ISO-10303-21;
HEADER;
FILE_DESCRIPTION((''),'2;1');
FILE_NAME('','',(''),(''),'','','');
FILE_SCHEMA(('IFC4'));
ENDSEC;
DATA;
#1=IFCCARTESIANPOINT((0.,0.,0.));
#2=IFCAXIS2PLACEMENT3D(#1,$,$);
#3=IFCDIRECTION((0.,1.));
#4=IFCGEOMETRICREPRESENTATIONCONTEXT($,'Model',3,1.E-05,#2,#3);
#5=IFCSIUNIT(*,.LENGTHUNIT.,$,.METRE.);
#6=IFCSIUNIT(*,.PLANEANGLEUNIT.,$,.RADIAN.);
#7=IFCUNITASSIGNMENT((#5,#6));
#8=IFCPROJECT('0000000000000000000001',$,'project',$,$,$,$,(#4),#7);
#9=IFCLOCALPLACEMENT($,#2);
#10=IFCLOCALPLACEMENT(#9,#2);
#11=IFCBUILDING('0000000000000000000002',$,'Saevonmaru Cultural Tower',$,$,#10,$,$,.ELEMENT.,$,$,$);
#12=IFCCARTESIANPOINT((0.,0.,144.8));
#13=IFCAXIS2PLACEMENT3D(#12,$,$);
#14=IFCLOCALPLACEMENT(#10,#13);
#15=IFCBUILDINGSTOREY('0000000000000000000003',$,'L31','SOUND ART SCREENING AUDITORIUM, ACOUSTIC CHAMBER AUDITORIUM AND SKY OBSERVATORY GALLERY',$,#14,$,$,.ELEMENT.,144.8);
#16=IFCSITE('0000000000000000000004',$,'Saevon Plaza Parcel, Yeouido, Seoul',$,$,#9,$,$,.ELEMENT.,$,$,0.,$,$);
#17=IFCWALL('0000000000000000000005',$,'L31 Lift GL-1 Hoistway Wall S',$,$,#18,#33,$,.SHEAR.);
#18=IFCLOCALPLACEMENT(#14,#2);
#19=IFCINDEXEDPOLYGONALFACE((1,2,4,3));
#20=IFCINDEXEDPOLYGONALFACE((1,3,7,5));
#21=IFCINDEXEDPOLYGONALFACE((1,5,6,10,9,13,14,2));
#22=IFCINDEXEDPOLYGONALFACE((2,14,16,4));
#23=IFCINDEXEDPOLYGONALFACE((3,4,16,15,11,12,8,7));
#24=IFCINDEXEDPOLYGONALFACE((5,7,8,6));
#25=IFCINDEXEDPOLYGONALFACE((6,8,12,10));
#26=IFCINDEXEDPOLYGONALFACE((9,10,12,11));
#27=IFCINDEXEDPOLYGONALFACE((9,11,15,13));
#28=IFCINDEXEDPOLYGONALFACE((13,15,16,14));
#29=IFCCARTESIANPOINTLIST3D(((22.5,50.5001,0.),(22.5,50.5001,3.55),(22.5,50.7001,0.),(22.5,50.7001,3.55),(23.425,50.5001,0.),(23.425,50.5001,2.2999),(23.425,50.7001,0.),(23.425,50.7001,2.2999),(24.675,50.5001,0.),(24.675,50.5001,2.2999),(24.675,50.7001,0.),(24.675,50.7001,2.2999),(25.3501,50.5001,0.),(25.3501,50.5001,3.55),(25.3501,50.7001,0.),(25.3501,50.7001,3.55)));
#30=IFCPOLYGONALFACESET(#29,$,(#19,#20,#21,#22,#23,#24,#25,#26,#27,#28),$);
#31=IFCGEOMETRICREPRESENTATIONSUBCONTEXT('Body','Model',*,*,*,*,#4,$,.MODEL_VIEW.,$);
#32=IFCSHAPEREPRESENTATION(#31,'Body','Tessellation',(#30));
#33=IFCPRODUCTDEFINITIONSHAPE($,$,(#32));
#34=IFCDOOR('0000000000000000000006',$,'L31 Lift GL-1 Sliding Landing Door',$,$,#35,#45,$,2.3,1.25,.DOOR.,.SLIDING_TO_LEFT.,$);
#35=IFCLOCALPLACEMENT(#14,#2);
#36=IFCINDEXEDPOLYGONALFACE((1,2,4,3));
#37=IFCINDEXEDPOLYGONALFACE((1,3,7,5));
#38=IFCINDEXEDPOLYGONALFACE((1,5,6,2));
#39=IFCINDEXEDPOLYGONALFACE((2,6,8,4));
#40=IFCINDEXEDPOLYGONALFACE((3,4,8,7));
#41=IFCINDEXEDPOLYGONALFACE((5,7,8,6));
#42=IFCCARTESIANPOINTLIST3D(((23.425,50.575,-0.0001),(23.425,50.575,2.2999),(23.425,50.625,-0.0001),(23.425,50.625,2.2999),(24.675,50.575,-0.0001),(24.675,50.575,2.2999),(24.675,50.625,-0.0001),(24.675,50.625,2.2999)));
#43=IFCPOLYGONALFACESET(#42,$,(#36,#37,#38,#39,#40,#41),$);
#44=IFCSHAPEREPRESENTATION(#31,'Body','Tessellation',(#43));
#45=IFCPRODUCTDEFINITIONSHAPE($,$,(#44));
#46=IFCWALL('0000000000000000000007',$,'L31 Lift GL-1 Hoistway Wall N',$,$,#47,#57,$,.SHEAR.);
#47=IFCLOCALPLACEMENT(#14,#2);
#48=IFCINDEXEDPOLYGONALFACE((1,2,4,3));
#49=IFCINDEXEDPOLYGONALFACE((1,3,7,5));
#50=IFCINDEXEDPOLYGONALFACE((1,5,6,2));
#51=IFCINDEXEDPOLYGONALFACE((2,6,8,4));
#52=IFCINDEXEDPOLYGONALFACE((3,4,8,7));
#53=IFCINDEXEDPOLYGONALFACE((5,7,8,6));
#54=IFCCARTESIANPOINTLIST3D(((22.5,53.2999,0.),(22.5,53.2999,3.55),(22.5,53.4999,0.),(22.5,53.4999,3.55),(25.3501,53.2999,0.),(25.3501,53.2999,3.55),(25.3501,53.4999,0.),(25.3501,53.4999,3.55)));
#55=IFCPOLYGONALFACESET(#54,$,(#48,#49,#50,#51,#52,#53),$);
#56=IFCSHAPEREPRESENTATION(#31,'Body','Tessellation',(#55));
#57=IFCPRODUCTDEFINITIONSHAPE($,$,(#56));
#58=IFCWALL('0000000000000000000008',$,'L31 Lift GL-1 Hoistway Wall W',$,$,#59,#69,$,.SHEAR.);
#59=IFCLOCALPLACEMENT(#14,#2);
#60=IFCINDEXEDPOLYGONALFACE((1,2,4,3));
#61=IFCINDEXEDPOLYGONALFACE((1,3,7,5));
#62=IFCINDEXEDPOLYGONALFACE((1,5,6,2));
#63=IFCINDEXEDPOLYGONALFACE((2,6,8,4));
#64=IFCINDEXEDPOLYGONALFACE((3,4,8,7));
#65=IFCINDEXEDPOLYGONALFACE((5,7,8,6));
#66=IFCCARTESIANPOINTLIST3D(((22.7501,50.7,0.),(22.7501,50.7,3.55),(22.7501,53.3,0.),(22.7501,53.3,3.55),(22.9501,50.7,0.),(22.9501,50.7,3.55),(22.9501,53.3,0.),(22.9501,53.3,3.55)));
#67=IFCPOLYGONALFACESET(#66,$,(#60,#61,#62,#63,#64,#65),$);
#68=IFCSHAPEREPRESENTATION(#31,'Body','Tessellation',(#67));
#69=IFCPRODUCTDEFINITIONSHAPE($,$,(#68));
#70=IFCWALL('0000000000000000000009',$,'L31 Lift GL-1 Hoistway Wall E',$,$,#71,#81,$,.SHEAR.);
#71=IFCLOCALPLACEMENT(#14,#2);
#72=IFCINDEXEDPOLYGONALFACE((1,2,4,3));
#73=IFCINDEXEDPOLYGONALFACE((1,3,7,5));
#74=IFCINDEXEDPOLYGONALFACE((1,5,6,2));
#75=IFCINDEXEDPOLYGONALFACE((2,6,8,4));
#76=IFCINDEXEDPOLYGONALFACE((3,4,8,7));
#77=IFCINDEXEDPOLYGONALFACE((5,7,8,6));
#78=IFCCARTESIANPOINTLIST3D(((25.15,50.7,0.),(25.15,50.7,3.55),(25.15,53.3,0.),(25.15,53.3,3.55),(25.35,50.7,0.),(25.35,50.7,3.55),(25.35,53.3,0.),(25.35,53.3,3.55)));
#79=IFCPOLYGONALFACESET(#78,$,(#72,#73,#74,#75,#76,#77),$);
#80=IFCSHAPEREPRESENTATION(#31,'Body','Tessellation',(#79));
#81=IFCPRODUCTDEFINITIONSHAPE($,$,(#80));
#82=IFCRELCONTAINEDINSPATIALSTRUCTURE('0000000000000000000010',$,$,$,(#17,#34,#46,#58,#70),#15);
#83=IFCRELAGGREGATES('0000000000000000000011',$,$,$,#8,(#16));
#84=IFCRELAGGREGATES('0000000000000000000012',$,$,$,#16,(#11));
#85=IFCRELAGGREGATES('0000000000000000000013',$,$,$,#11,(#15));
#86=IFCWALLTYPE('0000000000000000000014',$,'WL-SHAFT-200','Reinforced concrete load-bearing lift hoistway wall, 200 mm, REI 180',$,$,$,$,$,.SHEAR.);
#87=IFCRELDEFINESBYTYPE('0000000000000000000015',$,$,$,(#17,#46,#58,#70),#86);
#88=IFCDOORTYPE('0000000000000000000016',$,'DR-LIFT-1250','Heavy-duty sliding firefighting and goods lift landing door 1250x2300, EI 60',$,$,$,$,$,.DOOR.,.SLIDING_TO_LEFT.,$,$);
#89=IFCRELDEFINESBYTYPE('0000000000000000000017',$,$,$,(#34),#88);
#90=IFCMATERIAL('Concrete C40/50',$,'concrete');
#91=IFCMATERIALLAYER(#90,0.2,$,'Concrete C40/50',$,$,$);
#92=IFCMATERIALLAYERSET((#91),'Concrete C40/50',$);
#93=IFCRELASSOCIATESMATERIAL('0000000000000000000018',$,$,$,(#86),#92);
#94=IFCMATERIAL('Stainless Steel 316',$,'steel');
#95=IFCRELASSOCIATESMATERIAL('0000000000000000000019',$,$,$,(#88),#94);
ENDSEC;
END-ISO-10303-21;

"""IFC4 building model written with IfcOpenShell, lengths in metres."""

from ifc_helpers import new_model, si_unit, direction, frame, frame_2d, origin, place, context, subcontext, project, spatial, rectangle, extrude, material, layer, layer_set, type_object, element, fill, save


model = new_model("IFC4")

# Units and contexts
model_context = context("Model", 3, precision=1e-05, world=origin(), true_north=direction((0.0, 1.0)))
body_context = subcontext(model_context, "Body", "Model", "MODEL_VIEW")
ifc_project = project(units=[si_unit("LENGTHUNIT", "METRE"), si_unit("PLANEANGLEUNIT", "RADIAN")], contexts=[model_context])

# Site, building, storey
site_placement = place(None, origin())
site = spatial("IfcSite", under=ifc_project, at=site_placement, Name="Saevon Plaza Parcel, Yeouido, Seoul", CompositionType="ELEMENT", RefElevation=0.0)
building_placement = place(site_placement, origin())
building = spatial("IfcBuilding", under=site, at=building_placement, Name="Saevonmaru Cultural Tower", CompositionType="ELEMENT")
storey_placement = place(building_placement, frame((0.0, 0.0, 144.8)))
storey = spatial("IfcBuildingStorey", under=building, at=storey_placement, Name="L31", Description="SOUND ART SCREENING AUDITORIUM, ACOUSTIC CHAMBER AUDITORIUM AND SKY OBSERVATORY GALLERY", CompositionType="ELEMENT", Elevation=144.8)

# Shared definitions
ifc_material_1 = material(Name="Concrete C40/50", Category="concrete")
ifc_layer_1 = layer(ifc_material_1, 0.2, Name="Concrete C40/50")
ifc_layer_set_1 = layer_set([ifc_layer_1], Name="Concrete C40/50")
wall_type_1 = type_object("IfcWallType", Name="WL-SHAFT-200", Description="Reinforced concrete load-bearing lift hoistway wall, 200 mm, REI 180", PredefinedType="SHEAR", material=ifc_layer_set_1)

# Wall, opening, door
wall_1_placement = place(storey_placement, frame((22.5, 50.6001, 0.0), z_axis=(0.0, 0.0, 1.0), x_axis=(1.0, 0.0, 0.0)))
wall_1 = element("IfcWall", 1, at=wall_1_placement, inside=storey, type_object=wall_type_1, Name="L31 Lift GL-1 Hoistway Wall S", PredefinedType="SHEAR", context=body_context, shape_type="SweptSolid", body=[
    extrude(rectangle(XDim=2.8501, YDim=0.2, at=frame_2d((1.425, 0.0))), origin(), (0.0, 0.0, 1.0), 3.55),
])
opening_placement = place(wall_1_placement, frame((0.925, 0.0, 0.0)))
opening = element("IfcOpeningElement", 2, at=opening_placement, cuts=wall_1, PredefinedType="OPENING", context=body_context, shape_type="SweptSolid", body=[
    extrude(rectangle(XDim=1.25, YDim=2.3, at=frame_2d((0.625, 1.1499))), frame((0.0, 0.1099, 0.0), z_axis=(0.0, -1.0, 0.0), x_axis=(1.0, 0.0, 0.0)), (0.0, 0.0, 1.0), 0.22),
])
ifc_material_2 = material(Name="Stainless Steel 316", Category="steel")
door_type = type_object("IfcDoorType", Name="DR-LIFT-1250", Description="Heavy-duty sliding firefighting and goods lift landing door 1250x2300, EI 60", OperationType="SLIDING_TO_LEFT", PredefinedType="DOOR", material=ifc_material_2)
door_placement = place(opening_placement, origin())
door = element("IfcDoor", 3, at=door_placement, inside=storey, type_object=door_type, Name="L31 Lift GL-1 Sliding Landing Door", OperationType="SLIDING_TO_LEFT", OverallHeight=2.3, OverallWidth=1.25, PredefinedType="DOOR", context=body_context, shape_type="SweptSolid", body=[
    extrude(rectangle(XDim=1.25, YDim=2.3, at=frame_2d((0.625, 1.1499))), frame((0.0, 0.0249, 0.0), z_axis=(0.0, -1.0, 0.0), x_axis=(1.0, 0.0, 0.0)), (0.0, 0.0, 1.0), 0.05),
])
fill(opening, door)

# Walls
wall_2_placement = place(storey_placement, frame((22.5, 53.3999, 0.0), z_axis=(0.0, 0.0, 1.0), x_axis=(1.0, 0.0, 0.0)))
element("IfcWall", 4, at=wall_2_placement, inside=storey, type_object=wall_type_1, Name="L31 Lift GL-1 Hoistway Wall N", PredefinedType="SHEAR", context=body_context, shape_type="SweptSolid", body=[
    extrude(rectangle(XDim=2.8501, YDim=0.2, at=frame_2d((1.425, 0.0))), origin(), (0.0, 0.0, 1.0), 3.55),
])
for number, where, z_axis, x_axis, name in (
    (5, (22.8501, 50.7, 0.0), (0.0, 0.0, 1.0), (0.0, 1.0, 0.0), "L31 Lift GL-1 Hoistway Wall W"),
    (6, (25.25, 50.7, 0.0), (0.0, 0.0, 1.0), (0.0, 1.0, 0.0), "L31 Lift GL-1 Hoistway Wall E"),
):
    element("IfcWall", number, at=place(storey_placement, frame(where, z_axis=z_axis, x_axis=x_axis)), inside=storey, type_object=wall_type_1, Name=name, PredefinedType="SHEAR", context=body_context, shape_type="SweptSolid", body=[
        extrude(rectangle(XDim=2.6001, YDim=0.2, at=frame_2d((1.3, 0.0))), origin(), (0.0, 0.0, 1.0), 3.55),
    ])

save(model, "model.ifc")
